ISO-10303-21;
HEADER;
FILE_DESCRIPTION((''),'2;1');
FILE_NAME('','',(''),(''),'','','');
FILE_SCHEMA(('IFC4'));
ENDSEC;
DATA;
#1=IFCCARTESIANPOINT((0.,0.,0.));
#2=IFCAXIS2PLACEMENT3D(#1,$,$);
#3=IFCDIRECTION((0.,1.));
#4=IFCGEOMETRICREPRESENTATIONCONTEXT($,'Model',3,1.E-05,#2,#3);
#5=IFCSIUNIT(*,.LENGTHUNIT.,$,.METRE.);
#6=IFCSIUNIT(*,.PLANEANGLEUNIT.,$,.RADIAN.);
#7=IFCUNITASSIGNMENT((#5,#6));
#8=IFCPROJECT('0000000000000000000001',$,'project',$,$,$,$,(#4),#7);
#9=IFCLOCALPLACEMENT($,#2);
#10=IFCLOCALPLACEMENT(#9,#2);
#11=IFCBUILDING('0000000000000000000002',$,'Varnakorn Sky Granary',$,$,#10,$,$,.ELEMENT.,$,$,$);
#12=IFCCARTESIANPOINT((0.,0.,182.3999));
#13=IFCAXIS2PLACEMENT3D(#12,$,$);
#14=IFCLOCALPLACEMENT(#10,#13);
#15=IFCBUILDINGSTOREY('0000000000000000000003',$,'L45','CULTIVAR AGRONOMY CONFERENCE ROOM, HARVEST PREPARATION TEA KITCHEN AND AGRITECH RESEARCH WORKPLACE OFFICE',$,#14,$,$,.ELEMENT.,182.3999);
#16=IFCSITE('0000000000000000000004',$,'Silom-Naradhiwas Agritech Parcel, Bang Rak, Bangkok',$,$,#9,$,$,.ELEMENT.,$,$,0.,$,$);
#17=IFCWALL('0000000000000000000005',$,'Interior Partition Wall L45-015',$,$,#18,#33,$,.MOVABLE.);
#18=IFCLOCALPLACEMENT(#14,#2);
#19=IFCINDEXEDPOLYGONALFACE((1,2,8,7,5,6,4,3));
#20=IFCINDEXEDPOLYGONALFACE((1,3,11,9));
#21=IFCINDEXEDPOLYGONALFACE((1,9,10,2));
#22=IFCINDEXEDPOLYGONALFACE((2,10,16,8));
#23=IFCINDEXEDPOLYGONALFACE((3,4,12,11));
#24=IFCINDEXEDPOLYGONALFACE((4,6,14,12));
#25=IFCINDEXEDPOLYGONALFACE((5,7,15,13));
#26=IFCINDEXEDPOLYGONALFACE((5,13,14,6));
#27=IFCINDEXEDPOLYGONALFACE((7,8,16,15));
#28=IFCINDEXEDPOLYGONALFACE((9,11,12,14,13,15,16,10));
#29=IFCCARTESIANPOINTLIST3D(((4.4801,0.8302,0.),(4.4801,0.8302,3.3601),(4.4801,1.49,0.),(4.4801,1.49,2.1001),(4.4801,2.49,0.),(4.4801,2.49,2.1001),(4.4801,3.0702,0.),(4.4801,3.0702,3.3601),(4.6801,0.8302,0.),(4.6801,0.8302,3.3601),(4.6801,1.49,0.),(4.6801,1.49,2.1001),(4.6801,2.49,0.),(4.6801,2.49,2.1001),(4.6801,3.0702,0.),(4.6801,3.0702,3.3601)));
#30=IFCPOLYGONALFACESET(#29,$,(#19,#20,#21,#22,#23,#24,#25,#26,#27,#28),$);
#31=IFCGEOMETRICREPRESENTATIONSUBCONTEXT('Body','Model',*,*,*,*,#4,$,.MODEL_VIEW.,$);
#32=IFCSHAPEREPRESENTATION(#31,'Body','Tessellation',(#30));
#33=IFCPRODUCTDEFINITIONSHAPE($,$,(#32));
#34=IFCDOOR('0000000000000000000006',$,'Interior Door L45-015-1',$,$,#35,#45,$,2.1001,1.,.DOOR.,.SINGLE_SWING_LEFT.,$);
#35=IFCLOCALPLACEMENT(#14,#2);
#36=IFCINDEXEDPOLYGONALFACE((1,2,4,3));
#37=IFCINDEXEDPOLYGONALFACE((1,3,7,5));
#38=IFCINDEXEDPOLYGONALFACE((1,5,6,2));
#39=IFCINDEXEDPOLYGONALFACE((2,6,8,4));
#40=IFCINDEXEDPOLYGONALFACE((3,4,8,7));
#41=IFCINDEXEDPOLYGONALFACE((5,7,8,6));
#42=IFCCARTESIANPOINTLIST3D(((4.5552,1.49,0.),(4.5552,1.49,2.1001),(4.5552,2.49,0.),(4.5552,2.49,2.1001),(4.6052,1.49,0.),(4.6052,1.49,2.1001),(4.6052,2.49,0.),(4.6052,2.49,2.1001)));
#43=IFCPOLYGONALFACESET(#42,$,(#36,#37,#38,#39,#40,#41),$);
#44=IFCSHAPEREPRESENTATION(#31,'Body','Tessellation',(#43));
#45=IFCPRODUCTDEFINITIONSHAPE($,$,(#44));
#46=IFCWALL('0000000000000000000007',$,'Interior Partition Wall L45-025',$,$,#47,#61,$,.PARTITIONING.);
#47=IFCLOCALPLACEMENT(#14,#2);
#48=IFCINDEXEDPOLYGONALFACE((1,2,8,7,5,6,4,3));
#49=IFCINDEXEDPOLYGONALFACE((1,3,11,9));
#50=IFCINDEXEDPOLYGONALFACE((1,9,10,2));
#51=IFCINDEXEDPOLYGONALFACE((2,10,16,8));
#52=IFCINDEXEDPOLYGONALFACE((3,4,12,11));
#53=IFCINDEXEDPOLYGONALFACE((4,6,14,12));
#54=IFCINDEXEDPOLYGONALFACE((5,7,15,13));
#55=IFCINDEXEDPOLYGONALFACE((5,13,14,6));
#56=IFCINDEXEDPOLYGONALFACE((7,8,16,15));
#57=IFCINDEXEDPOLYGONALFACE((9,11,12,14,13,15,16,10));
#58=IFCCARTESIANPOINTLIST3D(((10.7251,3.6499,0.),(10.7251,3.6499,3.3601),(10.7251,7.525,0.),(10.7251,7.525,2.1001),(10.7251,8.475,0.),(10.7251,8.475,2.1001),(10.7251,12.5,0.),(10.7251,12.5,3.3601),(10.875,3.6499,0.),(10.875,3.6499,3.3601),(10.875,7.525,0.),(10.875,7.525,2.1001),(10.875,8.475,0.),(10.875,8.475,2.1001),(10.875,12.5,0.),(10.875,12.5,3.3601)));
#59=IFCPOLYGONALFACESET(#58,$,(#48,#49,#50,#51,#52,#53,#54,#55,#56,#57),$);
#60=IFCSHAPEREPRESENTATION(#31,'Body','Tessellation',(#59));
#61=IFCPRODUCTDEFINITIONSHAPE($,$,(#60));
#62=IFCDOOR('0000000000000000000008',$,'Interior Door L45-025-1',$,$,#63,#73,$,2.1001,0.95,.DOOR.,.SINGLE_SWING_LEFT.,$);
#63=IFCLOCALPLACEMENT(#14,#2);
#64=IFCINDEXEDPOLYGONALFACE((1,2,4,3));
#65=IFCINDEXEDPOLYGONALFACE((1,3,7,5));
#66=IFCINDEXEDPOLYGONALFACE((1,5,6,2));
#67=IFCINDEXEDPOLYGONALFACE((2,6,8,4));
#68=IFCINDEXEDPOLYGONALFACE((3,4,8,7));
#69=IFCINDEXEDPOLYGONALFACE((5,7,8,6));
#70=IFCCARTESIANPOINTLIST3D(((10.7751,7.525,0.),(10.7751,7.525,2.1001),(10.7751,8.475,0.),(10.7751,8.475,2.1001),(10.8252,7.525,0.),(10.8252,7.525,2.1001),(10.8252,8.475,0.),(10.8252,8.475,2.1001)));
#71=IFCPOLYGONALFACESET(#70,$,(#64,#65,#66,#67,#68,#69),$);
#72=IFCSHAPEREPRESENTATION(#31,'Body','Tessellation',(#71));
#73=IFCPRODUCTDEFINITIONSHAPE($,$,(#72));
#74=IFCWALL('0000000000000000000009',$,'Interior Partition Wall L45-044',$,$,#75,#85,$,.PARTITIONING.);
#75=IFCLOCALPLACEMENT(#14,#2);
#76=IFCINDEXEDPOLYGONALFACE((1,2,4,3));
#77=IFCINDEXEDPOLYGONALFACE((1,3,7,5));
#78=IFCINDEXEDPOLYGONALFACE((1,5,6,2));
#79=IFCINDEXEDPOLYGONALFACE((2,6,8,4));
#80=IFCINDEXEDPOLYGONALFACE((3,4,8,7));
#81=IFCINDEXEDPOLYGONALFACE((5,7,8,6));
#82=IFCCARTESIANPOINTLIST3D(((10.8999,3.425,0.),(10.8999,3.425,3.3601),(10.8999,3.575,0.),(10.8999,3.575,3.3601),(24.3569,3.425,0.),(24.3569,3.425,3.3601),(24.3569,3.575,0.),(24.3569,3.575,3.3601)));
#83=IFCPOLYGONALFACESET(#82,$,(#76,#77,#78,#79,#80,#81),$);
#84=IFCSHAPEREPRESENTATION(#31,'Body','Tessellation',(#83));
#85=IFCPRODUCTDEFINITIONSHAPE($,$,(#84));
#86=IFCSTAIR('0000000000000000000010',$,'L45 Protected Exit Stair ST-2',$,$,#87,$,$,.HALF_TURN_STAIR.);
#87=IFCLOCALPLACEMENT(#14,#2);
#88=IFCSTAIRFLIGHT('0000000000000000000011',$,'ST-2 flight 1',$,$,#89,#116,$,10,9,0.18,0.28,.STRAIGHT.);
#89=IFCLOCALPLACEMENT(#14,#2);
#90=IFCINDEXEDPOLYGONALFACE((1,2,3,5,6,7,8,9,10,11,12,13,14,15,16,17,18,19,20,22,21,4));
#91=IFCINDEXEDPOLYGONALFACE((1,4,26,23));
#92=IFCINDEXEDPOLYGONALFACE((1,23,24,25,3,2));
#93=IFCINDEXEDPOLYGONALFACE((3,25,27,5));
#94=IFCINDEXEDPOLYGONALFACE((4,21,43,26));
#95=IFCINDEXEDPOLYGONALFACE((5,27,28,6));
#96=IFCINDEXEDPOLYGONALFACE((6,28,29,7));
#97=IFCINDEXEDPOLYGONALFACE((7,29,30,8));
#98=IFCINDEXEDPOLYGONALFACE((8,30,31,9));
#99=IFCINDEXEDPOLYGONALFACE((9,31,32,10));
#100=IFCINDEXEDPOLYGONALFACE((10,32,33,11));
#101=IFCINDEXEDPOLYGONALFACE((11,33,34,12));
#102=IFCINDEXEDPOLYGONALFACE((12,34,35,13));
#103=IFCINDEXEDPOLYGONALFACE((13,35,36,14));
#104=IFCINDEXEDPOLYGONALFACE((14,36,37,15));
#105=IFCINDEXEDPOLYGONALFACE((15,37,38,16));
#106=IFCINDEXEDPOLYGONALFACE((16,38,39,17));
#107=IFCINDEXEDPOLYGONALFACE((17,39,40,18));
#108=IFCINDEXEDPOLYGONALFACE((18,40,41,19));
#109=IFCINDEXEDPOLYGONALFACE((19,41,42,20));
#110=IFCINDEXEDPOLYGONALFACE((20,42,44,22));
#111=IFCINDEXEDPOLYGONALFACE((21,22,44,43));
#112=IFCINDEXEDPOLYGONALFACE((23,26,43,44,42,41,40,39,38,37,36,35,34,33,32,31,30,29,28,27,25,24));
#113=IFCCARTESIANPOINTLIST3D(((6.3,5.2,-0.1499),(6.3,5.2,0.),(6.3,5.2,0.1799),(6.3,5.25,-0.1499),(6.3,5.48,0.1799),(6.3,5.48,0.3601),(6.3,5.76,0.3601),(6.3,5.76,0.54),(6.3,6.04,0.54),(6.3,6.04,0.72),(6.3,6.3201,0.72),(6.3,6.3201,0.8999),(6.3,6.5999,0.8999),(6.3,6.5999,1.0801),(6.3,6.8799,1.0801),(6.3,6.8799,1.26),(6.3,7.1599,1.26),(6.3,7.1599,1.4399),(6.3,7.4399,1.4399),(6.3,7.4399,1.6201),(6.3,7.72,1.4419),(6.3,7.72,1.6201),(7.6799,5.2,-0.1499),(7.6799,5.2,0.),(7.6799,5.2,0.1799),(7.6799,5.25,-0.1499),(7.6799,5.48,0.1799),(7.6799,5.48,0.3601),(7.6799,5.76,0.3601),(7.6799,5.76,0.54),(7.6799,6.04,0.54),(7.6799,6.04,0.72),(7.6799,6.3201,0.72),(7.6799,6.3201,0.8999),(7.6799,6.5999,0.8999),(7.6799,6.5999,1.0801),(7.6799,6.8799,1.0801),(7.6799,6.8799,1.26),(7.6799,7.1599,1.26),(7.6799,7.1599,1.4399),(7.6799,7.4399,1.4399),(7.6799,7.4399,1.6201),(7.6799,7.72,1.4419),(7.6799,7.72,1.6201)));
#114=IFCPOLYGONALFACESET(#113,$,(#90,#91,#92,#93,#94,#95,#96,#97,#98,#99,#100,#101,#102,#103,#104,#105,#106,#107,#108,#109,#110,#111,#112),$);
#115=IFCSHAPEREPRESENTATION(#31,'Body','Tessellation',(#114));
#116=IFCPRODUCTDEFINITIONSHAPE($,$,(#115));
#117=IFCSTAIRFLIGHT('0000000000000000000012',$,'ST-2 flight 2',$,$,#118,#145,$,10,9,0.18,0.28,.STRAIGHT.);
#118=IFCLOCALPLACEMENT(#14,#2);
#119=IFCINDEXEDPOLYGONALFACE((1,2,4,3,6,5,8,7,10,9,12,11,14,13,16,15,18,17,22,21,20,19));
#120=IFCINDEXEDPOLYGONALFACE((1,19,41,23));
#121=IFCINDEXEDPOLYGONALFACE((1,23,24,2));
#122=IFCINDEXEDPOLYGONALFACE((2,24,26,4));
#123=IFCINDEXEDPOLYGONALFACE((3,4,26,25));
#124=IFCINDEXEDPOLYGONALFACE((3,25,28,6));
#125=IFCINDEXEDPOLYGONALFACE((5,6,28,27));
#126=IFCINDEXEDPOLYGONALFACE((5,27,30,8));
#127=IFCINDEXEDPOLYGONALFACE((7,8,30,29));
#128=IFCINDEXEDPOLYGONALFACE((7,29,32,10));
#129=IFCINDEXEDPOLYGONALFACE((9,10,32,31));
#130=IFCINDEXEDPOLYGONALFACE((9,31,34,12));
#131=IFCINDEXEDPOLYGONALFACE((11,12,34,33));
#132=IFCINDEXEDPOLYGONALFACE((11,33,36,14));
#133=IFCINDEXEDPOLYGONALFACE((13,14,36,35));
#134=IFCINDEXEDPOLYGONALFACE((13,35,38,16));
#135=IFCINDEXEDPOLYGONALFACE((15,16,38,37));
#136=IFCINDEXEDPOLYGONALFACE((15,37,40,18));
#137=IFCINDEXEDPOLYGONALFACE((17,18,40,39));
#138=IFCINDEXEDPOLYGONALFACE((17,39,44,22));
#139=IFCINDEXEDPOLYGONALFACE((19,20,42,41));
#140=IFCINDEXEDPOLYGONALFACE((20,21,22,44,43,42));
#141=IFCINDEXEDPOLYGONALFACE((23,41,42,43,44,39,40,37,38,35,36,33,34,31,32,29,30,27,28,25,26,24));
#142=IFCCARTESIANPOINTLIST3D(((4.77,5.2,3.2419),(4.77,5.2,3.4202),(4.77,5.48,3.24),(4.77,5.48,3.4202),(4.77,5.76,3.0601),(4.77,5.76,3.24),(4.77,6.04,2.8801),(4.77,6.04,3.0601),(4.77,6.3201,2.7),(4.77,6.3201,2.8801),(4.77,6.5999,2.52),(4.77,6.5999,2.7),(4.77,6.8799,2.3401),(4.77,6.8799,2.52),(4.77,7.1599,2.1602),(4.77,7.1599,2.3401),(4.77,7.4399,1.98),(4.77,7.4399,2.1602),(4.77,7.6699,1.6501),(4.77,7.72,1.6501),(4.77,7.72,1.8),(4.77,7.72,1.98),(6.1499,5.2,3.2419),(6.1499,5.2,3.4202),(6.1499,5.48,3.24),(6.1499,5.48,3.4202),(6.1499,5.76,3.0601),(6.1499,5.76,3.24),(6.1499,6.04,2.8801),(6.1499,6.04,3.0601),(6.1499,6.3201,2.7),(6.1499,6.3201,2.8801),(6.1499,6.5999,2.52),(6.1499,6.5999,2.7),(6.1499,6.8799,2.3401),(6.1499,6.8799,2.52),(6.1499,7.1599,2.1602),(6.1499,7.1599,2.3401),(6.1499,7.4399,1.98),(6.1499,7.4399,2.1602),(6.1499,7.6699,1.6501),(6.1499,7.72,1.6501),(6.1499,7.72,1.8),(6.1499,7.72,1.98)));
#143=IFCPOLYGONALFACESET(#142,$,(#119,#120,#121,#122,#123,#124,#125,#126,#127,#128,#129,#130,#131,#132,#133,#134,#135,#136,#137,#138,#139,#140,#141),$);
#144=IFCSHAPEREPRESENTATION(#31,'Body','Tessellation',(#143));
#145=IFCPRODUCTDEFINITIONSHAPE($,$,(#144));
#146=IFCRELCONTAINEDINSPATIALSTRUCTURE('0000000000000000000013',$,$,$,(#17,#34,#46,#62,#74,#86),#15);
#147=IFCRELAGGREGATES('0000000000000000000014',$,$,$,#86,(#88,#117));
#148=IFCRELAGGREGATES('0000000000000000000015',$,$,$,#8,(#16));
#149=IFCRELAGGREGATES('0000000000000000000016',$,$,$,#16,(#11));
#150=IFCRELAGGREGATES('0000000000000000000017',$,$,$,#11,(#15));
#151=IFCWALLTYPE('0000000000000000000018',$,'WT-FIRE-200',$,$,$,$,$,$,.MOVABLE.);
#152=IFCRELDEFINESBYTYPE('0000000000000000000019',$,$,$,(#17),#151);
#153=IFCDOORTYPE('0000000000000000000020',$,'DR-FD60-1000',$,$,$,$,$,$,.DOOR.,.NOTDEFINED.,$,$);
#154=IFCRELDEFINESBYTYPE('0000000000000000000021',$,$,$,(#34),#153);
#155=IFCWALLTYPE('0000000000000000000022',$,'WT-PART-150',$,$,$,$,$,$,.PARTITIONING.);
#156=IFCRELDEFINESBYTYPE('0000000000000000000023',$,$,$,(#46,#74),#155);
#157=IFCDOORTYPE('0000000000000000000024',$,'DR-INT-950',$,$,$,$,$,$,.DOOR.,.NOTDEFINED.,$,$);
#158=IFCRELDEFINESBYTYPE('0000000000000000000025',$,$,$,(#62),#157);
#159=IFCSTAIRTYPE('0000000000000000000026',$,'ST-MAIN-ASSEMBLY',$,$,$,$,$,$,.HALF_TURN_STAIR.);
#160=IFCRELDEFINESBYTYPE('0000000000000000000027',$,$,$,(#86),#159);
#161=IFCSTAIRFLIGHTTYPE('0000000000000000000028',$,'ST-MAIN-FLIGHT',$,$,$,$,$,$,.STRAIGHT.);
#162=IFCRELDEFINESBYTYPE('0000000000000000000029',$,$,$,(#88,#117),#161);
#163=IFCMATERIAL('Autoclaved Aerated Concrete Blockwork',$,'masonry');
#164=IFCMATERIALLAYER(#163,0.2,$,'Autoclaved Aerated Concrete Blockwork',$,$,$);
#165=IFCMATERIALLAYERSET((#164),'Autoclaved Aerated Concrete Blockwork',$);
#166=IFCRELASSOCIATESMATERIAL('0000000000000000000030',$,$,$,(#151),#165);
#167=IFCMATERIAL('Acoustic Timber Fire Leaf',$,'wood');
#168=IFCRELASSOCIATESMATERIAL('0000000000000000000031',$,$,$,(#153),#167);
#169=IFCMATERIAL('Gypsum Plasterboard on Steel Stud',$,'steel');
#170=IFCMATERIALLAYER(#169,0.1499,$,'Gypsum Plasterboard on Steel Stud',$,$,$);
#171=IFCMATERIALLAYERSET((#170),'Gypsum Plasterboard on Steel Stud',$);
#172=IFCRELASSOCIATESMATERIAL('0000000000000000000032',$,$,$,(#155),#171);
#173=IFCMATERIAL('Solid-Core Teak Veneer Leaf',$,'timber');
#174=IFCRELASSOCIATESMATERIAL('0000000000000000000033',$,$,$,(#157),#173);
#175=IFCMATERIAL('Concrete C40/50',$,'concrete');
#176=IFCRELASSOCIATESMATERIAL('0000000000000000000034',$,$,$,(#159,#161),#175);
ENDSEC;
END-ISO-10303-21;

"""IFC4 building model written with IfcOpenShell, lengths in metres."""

from ifc_helpers import new_model, si_unit, direction, frame, frame_2d, origin, place, context, subcontext, project, spatial, polyline, rectangle, outline, extrude, material, layer, layer_set, type_object, element, fill, aggregate, save


model = new_model("IFC4")

# Units and contexts
model_context = context("Model", 3, precision=1e-05, world=origin(), true_north=direction((0.0, 1.0)))
body_context = subcontext(model_context, "Body", "Model", "MODEL_VIEW")
ifc_project = project(units=[si_unit("LENGTHUNIT", "METRE"), si_unit("PLANEANGLEUNIT", "RADIAN")], contexts=[model_context])

# Site, building, storey
site_placement = place(None, origin())
site = spatial("IfcSite", under=ifc_project, at=site_placement, Name="Silom-Naradhiwas Agritech Parcel, Bang Rak, Bangkok", CompositionType="ELEMENT", RefElevation=0.0)
building_placement = place(site_placement, origin())
building = spatial("IfcBuilding", under=site, at=building_placement, Name="Varnakorn Sky Granary", CompositionType="ELEMENT")
storey_placement = place(building_placement, frame((0.0, 0.0, 182.3999)))
storey = spatial("IfcBuildingStorey", under=building, at=storey_placement, Name="L45", Description="CULTIVAR AGRONOMY CONFERENCE ROOM, HARVEST PREPARATION TEA KITCHEN AND AGRITECH RESEARCH WORKPLACE OFFICE", CompositionType="ELEMENT", Elevation=182.3999)

# Walls, openings, doors
ifc_material_1 = material(Name="Autoclaved Aerated Concrete Blockwork", Category="masonry")
ifc_layer_1 = layer(ifc_material_1, 0.2, Name="Autoclaved Aerated Concrete Blockwork")
ifc_layer_set_1 = layer_set([ifc_layer_1], Name="Autoclaved Aerated Concrete Blockwork")
wall_type_1 = type_object("IfcWallType", Name="WT-FIRE-200", PredefinedType="MOVABLE", material=ifc_layer_set_1)
wall_1_placement = place(storey_placement, frame((4.5801, 0.8301, 0.0), z_axis=(0.0, 0.0, 1.0), x_axis=(0.0, 1.0, 0.0)))
wall_1 = element("IfcWall", 1, at=wall_1_placement, inside=storey, type_object=wall_type_1, Name="Interior Partition Wall L45-015", PredefinedType="MOVABLE", context=body_context, shape_type="SweptSolid", body=[
    extrude(rectangle(XDim=2.24, YDim=0.2, at=frame_2d((1.1201, 0.0))), origin(), (0.0, 0.0, 1.0), 3.3601),
])
opening_1_placement = place(wall_1_placement, frame((0.6599, 0.0, 0.0)))
opening_1 = element("IfcOpeningElement", 2, at=opening_1_placement, cuts=wall_1, PredefinedType="OPENING", context=body_context, shape_type="SweptSolid", body=[
    extrude(rectangle(XDim=1.0, YDim=2.1001, at=frame_2d((0.5, 1.05))), frame((0.0, 0.1099, 0.0), z_axis=(0.0, -1.0, 0.0), x_axis=(1.0, 0.0, 0.0)), (0.0, 0.0, 1.0), 0.22),
])
ifc_material_2 = material(Name="Acoustic Timber Fire Leaf", Category="wood")
door_type_1 = type_object("IfcDoorType", Name="DR-FD60-1000", OperationType="NOTDEFINED", PredefinedType="DOOR", material=ifc_material_2)
door_1_placement = place(opening_1_placement, origin())
door_1 = element("IfcDoor", 3, at=door_1_placement, inside=storey, type_object=door_type_1, Name="Interior Door L45-015-1", OperationType="SINGLE_SWING_LEFT", OverallHeight=2.1001, OverallWidth=1.0, PredefinedType="DOOR", context=body_context, shape_type="SweptSolid", body=[
    extrude(rectangle(XDim=1.0, YDim=2.1001, at=frame_2d((0.5, 1.05))), frame((0.0, 0.0249, 0.0), z_axis=(0.0, -1.0, 0.0), x_axis=(1.0, 0.0, 0.0)), (0.0, 0.0, 1.0), 0.05),
])
fill(opening_1, door_1)
ifc_material_3 = material(Name="Gypsum Plasterboard on Steel Stud", Category="steel")
ifc_layer_2 = layer(ifc_material_3, 0.1499, Name="Gypsum Plasterboard on Steel Stud")
ifc_layer_set_2 = layer_set([ifc_layer_2], Name="Gypsum Plasterboard on Steel Stud")
wall_type_2 = type_object("IfcWallType", Name="WT-PART-150", PredefinedType="PARTITIONING", material=ifc_layer_set_2)
wall_2_placement = place(storey_placement, frame((10.8, 3.6499, 0.0), z_axis=(0.0, 0.0, 1.0), x_axis=(0.0, 1.0, 0.0)))
wall_2 = element("IfcWall", 4, at=wall_2_placement, inside=storey, type_object=wall_type_2, Name="Interior Partition Wall L45-025", PredefinedType="PARTITIONING", context=body_context, shape_type="SweptSolid", body=[
    extrude(rectangle(XDim=8.8501, YDim=0.1499, at=frame_2d((4.425, 0.0))), origin(), (0.0, 0.0, 1.0), 3.3601),
])
opening_2_placement = place(wall_2_placement, frame((3.875, 0.0, 0.0)))
opening_2 = element("IfcOpeningElement", 5, at=opening_2_placement, cuts=wall_2, PredefinedType="OPENING", context=body_context, shape_type="SweptSolid", body=[
    extrude(rectangle(XDim=0.95, YDim=2.1001, at=frame_2d((0.4751, 1.05))), frame((0.0, 0.085, 0.0), z_axis=(0.0, -1.0, 0.0), x_axis=(1.0, 0.0, 0.0)), (0.0, 0.0, 1.0), 0.1699),
])
ifc_material_4 = material(Name="Solid-Core Teak Veneer Leaf", Category="timber")
door_type_2 = type_object("IfcDoorType", Name="DR-INT-950", OperationType="NOTDEFINED", PredefinedType="DOOR", material=ifc_material_4)
door_2_placement = place(opening_2_placement, origin())
door_2 = element("IfcDoor", 6, at=door_2_placement, inside=storey, type_object=door_type_2, Name="Interior Door L45-025-1", OperationType="SINGLE_SWING_LEFT", OverallHeight=2.1001, OverallWidth=0.95, PredefinedType="DOOR", context=body_context, shape_type="SweptSolid", body=[
    extrude(rectangle(XDim=0.95, YDim=2.1001, at=frame_2d((0.4751, 1.05))), frame((0.0, 0.0249, 0.0), z_axis=(0.0, -1.0, 0.0), x_axis=(1.0, 0.0, 0.0)), (0.0, 0.0, 1.0), 0.05),
])
fill(opening_2, door_2)

# Wall
wall_3_placement = place(storey_placement, frame((10.8999, 3.5, 0.0), z_axis=(0.0, 0.0, 1.0), x_axis=(1.0, 0.0, 0.0)))
element("IfcWall", 7, at=wall_3_placement, inside=storey, type_object=wall_type_2, Name="Interior Partition Wall L45-044", PredefinedType="PARTITIONING", context=body_context, shape_type="SweptSolid", body=[
    extrude(rectangle(XDim=13.457, YDim=0.1499, at=frame_2d((6.7285, 0.0))), origin(), (0.0, 0.0, 1.0), 3.3601),
])

# Stair, stair flights
ifc_material_5 = material(Name="Concrete C40/50", Category="concrete")
stair_type = type_object("IfcStairType", Name="ST-MAIN-ASSEMBLY", PredefinedType="HALF_TURN_STAIR", material=ifc_material_5)
stair_placement = place(storey_placement, origin())
stair = element("IfcStair", 8, at=stair_placement, inside=storey, type_object=stair_type, Name="L45 Protected Exit Stair ST-2", PredefinedType="HALF_TURN_STAIR")
stair_flight_type = type_object("IfcStairFlightType", Name="ST-MAIN-FLIGHT", PredefinedType="STRAIGHT", material=ifc_material_5)
stair_flight_1_placement = place(storey_placement, frame((6.99, 5.2, 0.0), z_axis=(0.0, 0.0, 1.0), x_axis=(0.0, 1.0, 0.0)))
stair_flight_1 = element("IfcStairFlight", 9, at=stair_flight_1_placement, type_object=stair_flight_type, Name="ST-2 flight 1", NumberOfRisers=10, NumberOfTreads=9, PredefinedType="STRAIGHT", RiserHeight=0.18, TreadLength=0.28, context=body_context, shape_type="SweptSolid", body=[
    extrude(outline(polyline([(0.0, -0.1499), (0.0, 0.0), (0.0, 0.1799), (0.28, 0.1799), (0.28, 0.3601), (0.5601, 0.3601), (0.5601, 0.54), (0.8401, 0.54), (0.8401, 0.72), (1.1201, 0.72), (1.1201, 0.8999), (1.3999, 0.8999), (1.3999, 1.0801), (1.6799, 1.0801), (1.6799, 1.26), (1.96, 1.26), (1.96, 1.4399), (2.24, 1.4399), (2.24, 1.6201), (2.52, 1.6201), (2.52, 1.8), (2.52, 1.4419), (0.05, -0.1499), (0.0, -0.1499)])), frame((0.0, 0.6899, 0.0), z_axis=(0.0, -1.0, 0.0), x_axis=(1.0, 0.0, 0.0)), (0.0, 0.0, 1.0), 1.3799),
])
stair_flight_2_placement = place(storey_placement, frame((5.46, 7.72, 1.8), z_axis=(0.0, 0.0, 1.0), x_axis=(0.0, -1.0, 0.0)))
stair_flight_2 = element("IfcStairFlight", 10, at=stair_flight_2_placement, type_object=stair_flight_type, Name="ST-2 flight 2", NumberOfRisers=10, NumberOfTreads=9, PredefinedType="STRAIGHT", RiserHeight=0.18, TreadLength=0.28, context=body_context, shape_type="SweptSolid", body=[
    extrude(outline(polyline([(0.0, -0.1499), (0.0, 0.0), (0.0, 0.1799), (0.28, 0.1799), (0.28, 0.3601), (0.5601, 0.3601), (0.5601, 0.54), (0.8401, 0.54), (0.8401, 0.72), (1.1201, 0.72), (1.1201, 0.8999), (1.3999, 0.8999), (1.3999, 1.0801), (1.6799, 1.0801), (1.6799, 1.26), (1.96, 1.26), (1.96, 1.4399), (2.24, 1.4399), (2.24, 1.6201), (2.52, 1.6201), (2.52, 1.8), (2.52, 1.4419), (0.05, -0.1499), (0.0, -0.1499)])), frame((0.0, 0.6899, 0.0), z_axis=(0.0, -1.0, 0.0), x_axis=(1.0, 0.0, 0.0)), (0.0, 0.0, 1.0), 1.3799),
])
aggregate(stair, [stair_flight_1, stair_flight_2])

save(model, "model.ifc")
